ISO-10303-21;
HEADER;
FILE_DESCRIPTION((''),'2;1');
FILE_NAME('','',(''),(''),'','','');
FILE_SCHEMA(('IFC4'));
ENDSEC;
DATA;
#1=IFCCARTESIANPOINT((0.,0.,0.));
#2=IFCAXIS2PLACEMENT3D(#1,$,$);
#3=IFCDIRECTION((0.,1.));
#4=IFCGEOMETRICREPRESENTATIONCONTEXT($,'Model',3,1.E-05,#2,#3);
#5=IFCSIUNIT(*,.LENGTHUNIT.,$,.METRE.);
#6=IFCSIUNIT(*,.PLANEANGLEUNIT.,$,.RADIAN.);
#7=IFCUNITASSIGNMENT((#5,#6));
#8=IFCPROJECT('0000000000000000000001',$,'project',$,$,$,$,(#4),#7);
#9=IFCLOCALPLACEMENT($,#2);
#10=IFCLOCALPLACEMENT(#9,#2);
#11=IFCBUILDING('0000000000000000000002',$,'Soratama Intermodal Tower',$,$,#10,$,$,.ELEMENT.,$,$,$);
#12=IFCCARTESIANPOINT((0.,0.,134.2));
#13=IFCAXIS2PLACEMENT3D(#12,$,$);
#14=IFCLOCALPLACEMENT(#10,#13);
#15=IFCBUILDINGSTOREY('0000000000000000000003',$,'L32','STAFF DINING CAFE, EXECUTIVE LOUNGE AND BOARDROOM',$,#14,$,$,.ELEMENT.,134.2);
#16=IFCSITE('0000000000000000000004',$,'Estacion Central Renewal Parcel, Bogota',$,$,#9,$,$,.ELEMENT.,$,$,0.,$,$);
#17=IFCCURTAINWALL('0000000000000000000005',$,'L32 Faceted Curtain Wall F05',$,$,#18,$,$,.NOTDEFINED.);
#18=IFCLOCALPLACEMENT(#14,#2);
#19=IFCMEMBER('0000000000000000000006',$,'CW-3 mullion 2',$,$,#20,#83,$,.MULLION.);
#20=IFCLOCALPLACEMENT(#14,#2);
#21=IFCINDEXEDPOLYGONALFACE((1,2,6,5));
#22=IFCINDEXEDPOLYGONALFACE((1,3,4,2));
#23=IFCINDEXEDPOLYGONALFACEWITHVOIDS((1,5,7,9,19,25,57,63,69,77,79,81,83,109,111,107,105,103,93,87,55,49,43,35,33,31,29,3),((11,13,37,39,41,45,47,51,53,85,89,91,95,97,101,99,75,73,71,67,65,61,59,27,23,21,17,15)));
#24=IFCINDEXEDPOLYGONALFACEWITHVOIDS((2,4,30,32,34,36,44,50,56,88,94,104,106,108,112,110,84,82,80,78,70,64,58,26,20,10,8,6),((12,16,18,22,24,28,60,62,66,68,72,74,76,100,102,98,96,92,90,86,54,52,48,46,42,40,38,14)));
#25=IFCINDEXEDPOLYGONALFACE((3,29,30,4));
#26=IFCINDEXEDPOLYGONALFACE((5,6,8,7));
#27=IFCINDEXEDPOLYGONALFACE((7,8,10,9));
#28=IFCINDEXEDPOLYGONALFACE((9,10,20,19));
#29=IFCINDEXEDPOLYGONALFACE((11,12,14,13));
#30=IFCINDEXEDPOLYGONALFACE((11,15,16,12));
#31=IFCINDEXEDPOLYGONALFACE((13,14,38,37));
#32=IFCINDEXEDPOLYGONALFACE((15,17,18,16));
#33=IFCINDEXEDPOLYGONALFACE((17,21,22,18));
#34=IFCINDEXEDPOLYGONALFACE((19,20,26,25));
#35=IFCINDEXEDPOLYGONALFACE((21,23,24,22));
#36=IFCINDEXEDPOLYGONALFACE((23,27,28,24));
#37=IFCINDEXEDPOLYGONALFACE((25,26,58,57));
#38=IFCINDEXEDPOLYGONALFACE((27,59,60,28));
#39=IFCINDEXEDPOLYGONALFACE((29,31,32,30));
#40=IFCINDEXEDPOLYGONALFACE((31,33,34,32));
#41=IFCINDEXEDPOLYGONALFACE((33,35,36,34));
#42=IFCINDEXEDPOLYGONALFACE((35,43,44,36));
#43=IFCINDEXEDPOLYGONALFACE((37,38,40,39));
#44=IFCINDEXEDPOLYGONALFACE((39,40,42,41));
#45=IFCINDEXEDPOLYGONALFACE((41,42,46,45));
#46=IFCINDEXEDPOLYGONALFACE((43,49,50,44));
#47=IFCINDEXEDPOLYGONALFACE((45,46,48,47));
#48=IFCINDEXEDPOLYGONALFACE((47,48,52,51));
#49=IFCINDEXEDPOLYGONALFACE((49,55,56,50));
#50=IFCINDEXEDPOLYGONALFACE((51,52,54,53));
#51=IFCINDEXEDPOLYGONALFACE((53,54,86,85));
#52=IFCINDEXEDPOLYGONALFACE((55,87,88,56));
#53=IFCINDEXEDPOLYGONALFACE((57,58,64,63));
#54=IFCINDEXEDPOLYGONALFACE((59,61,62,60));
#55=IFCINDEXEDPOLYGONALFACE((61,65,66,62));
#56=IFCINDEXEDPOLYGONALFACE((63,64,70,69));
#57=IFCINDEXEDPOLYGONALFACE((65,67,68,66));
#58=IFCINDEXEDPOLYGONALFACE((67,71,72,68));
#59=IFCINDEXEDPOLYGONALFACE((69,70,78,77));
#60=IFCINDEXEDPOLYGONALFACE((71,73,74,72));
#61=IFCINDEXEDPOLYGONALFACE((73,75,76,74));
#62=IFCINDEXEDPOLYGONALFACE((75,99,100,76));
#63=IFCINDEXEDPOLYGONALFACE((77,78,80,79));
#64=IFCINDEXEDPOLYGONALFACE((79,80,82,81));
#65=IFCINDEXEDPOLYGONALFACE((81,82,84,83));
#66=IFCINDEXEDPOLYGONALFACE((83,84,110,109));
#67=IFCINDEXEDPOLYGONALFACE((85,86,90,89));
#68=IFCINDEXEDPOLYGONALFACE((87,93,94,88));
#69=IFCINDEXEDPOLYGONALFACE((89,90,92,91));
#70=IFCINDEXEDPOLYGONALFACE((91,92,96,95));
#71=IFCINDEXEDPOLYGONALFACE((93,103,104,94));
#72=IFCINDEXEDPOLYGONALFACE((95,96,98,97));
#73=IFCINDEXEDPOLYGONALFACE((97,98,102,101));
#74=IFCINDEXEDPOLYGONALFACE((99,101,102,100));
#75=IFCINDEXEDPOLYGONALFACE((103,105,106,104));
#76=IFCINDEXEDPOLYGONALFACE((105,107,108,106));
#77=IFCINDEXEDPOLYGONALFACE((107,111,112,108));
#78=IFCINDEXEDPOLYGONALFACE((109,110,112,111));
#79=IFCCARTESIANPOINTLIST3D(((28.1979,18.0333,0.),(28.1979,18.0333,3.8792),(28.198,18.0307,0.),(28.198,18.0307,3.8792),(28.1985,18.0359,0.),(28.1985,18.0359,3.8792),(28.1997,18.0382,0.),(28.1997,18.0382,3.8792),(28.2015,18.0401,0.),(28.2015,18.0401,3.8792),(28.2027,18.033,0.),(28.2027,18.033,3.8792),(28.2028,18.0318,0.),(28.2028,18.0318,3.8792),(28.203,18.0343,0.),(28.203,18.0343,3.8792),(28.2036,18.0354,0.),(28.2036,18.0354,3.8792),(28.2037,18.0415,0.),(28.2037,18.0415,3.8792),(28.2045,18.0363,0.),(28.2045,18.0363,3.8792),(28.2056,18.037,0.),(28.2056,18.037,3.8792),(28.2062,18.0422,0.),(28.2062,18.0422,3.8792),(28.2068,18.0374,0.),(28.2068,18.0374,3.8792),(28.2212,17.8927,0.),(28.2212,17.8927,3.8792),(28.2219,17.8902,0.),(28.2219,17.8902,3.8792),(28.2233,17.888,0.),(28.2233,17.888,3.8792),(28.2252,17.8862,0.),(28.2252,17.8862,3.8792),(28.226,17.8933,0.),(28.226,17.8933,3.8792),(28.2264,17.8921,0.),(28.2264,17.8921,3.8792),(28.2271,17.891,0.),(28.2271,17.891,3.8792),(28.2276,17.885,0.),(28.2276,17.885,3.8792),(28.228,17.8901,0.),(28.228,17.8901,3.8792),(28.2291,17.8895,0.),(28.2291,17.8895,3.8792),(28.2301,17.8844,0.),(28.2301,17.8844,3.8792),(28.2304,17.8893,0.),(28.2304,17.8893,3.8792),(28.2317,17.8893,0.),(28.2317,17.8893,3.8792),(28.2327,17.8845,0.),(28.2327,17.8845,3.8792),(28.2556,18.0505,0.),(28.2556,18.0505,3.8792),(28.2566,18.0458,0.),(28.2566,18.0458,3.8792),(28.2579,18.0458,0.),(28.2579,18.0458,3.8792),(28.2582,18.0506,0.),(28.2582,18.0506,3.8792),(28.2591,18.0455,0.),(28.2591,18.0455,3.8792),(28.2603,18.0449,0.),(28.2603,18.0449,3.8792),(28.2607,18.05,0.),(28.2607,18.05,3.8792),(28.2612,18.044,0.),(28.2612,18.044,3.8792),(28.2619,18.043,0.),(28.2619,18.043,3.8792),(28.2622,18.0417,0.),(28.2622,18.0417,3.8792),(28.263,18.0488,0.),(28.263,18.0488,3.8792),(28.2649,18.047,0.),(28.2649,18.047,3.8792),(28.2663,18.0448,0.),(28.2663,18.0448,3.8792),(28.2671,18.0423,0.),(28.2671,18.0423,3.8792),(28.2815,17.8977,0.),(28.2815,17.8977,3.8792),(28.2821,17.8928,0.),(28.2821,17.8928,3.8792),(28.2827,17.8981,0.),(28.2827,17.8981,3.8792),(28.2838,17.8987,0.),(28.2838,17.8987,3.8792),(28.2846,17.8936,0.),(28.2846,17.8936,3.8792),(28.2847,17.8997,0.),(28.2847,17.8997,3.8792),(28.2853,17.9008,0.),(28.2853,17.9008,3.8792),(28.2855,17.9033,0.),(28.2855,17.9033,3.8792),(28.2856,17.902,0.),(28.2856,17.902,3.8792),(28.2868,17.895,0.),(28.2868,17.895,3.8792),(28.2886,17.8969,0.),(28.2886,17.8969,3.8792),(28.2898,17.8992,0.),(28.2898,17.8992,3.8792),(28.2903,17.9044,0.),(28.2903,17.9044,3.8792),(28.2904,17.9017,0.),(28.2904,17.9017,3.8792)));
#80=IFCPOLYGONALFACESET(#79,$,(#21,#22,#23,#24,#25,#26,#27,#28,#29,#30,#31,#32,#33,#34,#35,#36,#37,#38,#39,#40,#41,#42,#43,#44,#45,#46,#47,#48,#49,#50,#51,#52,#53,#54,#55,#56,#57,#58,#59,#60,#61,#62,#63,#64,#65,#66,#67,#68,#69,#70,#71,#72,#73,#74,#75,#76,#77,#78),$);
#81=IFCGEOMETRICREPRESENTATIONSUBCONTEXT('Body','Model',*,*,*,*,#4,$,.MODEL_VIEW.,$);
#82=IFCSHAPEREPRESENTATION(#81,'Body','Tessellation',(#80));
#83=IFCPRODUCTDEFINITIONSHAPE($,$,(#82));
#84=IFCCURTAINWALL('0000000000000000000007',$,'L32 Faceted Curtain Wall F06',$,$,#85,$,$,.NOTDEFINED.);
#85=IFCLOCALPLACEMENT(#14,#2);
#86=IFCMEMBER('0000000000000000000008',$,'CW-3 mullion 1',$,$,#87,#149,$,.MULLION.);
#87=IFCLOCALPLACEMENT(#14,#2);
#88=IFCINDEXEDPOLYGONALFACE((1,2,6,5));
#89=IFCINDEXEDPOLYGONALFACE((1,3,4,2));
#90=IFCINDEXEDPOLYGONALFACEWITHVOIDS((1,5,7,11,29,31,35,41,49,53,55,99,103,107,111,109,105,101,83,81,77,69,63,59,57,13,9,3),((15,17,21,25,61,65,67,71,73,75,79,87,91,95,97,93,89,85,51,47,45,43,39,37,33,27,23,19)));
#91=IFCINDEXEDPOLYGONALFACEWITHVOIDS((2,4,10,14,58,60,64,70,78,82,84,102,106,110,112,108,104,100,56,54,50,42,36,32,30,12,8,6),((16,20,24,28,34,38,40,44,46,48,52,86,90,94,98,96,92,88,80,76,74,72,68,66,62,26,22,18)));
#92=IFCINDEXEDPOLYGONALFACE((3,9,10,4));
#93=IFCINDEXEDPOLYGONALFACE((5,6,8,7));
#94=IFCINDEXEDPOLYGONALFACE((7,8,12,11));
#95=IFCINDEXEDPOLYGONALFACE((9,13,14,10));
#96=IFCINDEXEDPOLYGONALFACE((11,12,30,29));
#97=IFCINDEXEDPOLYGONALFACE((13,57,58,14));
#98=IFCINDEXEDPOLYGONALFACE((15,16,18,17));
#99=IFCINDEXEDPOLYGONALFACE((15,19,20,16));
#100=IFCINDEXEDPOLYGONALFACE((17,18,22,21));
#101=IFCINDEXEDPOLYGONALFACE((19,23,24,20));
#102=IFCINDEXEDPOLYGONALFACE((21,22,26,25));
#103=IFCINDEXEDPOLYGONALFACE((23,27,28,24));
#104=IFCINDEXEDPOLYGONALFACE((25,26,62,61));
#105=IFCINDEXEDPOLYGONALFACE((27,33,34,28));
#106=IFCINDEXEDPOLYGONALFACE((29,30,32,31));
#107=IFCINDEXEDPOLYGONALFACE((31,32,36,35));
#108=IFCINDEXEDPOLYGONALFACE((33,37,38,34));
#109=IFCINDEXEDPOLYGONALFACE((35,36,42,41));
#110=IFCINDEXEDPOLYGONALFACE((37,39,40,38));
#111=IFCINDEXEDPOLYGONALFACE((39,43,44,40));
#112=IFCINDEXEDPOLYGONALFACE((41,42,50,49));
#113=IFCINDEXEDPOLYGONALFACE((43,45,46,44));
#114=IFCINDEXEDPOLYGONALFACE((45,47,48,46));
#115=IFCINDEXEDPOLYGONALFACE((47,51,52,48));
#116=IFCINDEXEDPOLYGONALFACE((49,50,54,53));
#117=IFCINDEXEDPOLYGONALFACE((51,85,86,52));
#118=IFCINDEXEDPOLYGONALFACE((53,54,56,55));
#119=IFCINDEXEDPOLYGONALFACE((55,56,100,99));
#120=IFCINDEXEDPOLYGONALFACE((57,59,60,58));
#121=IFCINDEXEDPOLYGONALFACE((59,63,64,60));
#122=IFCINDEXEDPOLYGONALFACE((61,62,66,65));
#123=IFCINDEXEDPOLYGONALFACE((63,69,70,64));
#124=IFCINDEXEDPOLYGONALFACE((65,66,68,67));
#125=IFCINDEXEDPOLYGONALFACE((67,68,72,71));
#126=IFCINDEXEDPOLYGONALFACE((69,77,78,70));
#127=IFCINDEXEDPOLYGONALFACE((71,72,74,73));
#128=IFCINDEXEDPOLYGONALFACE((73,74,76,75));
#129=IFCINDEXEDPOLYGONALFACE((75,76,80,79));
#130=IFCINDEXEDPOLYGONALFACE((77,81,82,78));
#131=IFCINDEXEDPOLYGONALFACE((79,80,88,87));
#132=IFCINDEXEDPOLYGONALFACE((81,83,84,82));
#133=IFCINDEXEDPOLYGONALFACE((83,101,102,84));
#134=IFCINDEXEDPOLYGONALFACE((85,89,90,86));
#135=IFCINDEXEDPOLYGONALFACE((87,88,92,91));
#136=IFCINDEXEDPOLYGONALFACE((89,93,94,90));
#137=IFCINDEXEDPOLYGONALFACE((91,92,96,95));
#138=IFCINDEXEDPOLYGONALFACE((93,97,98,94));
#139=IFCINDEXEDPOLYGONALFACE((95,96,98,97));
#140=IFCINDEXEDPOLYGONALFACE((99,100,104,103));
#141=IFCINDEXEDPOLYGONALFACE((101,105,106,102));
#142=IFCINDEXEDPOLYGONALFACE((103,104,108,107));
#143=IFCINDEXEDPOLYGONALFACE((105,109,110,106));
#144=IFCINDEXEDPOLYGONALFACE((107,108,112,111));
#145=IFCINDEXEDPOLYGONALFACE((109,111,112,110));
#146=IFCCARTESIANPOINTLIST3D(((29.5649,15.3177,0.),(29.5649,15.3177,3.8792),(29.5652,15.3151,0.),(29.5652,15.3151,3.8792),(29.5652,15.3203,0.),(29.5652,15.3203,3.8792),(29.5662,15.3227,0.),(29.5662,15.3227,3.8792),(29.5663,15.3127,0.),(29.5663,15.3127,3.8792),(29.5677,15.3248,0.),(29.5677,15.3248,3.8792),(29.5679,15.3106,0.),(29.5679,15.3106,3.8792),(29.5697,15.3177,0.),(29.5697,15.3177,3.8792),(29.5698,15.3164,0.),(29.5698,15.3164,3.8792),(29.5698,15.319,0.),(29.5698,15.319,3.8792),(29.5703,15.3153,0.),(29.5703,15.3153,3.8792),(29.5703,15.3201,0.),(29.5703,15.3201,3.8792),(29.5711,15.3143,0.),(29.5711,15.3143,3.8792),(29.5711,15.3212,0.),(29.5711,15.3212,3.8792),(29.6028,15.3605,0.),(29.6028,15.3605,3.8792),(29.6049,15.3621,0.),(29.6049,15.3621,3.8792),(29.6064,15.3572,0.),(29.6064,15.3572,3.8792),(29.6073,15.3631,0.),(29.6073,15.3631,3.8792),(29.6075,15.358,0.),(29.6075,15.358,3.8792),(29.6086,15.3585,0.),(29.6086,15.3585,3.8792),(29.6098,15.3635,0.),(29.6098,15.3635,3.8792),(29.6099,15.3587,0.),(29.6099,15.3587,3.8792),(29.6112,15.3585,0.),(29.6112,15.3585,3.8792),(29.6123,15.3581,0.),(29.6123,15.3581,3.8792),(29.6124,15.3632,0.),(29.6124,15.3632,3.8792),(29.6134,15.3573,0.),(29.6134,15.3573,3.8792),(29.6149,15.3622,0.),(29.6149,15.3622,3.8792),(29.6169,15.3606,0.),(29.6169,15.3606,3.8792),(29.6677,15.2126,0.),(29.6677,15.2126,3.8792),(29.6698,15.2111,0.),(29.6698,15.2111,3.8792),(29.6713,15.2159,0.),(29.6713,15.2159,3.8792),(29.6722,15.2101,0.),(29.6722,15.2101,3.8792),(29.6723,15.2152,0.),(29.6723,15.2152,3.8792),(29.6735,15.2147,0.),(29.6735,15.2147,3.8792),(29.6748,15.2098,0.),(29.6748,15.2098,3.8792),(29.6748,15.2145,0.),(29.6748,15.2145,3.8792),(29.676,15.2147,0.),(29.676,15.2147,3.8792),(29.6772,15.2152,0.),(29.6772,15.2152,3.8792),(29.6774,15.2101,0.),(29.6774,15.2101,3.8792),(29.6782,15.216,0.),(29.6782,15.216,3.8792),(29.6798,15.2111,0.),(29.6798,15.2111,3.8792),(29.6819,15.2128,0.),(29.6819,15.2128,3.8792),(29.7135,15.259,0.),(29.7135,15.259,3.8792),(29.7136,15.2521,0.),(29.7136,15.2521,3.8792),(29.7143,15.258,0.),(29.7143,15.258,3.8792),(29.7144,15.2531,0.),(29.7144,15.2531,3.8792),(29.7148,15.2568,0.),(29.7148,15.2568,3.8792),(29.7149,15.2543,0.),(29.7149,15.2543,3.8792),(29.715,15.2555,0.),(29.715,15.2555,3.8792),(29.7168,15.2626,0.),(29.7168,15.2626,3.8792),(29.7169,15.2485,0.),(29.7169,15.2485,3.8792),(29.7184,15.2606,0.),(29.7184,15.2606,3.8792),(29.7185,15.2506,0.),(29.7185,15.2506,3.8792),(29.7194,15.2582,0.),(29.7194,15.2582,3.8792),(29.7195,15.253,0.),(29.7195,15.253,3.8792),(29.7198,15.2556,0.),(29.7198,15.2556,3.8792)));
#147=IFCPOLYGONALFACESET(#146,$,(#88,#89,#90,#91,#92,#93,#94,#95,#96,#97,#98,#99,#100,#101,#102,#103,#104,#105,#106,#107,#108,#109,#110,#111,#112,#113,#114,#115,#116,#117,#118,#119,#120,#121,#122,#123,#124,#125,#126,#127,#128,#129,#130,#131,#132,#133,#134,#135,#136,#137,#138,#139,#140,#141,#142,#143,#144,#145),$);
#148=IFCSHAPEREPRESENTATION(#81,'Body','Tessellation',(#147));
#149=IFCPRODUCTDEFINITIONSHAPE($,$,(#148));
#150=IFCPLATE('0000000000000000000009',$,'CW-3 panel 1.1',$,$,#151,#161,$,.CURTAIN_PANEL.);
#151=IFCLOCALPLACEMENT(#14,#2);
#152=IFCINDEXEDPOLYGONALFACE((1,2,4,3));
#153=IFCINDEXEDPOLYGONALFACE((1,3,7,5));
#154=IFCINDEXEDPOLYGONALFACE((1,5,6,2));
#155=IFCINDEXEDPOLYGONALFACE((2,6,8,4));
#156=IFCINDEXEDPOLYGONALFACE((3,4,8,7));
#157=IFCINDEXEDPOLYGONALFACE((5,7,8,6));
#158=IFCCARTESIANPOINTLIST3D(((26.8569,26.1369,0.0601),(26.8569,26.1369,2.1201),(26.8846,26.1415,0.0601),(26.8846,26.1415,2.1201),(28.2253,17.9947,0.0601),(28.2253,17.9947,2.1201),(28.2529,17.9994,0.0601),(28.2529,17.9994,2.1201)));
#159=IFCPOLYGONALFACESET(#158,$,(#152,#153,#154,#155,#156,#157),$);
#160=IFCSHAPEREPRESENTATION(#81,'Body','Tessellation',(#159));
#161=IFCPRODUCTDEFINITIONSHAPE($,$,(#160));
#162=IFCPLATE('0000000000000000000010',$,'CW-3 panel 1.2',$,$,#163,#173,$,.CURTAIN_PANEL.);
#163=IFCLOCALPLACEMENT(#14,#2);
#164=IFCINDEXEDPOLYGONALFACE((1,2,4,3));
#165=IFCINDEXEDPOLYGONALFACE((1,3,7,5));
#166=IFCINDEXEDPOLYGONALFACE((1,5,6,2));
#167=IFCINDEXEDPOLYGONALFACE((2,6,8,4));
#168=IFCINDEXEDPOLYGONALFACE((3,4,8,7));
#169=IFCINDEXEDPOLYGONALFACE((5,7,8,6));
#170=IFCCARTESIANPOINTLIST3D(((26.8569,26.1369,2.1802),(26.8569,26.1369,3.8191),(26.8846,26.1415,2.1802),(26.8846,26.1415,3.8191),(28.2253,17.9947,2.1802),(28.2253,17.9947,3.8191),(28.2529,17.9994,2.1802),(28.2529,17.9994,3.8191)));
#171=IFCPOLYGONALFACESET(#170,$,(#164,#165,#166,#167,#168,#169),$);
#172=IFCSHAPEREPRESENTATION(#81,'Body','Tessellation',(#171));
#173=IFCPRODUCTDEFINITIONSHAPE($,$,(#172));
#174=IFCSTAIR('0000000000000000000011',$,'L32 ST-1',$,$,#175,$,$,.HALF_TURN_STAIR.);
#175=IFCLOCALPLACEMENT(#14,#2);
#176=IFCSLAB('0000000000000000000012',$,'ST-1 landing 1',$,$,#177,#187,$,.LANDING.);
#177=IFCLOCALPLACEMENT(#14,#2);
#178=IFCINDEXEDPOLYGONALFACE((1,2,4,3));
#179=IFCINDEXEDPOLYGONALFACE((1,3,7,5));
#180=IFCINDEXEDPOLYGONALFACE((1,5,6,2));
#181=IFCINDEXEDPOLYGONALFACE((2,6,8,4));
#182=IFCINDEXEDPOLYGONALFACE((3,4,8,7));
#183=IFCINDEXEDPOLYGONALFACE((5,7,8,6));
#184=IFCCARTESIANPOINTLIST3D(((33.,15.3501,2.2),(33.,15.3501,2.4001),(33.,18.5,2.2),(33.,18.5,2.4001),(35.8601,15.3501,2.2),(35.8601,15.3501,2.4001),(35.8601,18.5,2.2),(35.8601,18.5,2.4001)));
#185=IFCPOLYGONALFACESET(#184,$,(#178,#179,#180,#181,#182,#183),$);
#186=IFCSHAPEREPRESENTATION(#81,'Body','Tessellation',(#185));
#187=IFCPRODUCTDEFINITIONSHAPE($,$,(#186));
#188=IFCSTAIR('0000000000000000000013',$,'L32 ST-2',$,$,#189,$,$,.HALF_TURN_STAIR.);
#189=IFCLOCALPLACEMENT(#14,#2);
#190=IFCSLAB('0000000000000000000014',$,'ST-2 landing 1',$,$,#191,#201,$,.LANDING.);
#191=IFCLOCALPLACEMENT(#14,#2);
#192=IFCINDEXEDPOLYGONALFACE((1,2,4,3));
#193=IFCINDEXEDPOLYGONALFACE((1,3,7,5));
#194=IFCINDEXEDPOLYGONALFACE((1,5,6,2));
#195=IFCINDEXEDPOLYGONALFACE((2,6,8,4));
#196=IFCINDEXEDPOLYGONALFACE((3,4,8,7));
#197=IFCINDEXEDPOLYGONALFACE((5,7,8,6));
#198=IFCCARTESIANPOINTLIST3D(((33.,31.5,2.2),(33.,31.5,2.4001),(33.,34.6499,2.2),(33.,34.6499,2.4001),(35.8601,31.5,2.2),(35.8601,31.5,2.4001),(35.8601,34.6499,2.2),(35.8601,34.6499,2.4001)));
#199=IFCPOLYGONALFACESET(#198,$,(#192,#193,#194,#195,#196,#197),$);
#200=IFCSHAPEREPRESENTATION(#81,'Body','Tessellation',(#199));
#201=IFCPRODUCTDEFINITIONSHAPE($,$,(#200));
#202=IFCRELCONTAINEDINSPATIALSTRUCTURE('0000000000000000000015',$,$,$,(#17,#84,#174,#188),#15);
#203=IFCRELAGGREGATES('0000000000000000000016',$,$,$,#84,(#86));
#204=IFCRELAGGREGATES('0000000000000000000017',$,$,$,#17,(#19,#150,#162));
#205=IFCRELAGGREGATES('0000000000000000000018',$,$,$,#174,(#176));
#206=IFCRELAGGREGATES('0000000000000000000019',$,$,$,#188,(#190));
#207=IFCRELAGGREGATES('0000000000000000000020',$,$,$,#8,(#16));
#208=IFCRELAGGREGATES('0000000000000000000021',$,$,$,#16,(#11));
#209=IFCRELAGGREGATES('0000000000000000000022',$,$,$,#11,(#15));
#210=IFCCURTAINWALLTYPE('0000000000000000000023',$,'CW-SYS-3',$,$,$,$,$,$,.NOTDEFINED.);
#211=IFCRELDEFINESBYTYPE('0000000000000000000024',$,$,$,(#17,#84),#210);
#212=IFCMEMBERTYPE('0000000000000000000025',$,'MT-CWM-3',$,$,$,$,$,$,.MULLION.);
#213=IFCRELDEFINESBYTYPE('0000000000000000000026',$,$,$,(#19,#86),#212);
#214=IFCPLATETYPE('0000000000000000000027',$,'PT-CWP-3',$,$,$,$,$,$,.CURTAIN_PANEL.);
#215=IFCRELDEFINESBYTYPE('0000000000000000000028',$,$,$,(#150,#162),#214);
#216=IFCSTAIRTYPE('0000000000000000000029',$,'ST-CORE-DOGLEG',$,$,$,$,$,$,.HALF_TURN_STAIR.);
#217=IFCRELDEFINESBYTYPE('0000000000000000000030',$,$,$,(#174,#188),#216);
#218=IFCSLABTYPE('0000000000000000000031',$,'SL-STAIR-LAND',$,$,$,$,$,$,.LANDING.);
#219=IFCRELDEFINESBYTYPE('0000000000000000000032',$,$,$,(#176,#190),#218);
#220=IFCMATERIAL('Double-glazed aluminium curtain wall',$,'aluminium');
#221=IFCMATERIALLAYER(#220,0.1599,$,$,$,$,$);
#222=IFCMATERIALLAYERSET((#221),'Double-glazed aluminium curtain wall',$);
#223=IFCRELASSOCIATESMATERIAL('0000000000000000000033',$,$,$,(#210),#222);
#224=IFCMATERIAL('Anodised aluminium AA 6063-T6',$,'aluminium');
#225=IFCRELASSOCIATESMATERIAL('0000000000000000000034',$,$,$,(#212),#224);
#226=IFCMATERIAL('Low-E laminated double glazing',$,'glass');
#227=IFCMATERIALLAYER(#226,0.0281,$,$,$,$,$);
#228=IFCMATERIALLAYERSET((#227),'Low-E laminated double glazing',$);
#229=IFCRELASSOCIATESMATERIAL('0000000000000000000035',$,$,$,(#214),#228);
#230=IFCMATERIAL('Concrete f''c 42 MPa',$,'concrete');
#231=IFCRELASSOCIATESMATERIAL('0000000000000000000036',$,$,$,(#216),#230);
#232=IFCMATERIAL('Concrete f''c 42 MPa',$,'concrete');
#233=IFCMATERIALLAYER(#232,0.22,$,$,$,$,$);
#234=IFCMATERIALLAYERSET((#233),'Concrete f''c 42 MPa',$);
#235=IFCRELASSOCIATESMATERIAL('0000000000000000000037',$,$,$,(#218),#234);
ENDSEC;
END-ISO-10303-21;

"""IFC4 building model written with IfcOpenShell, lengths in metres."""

from ifc_helpers import new_model, si_unit, direction, frame, origin, origin_2d, place, context, subcontext, project, spatial, polyline, rectangle, hollow_rectangle, outline, extrude, material, layer, layer_set, material_profile, profile_set, type_object, element, aggregate, save


model = new_model("IFC4")

# Units and contexts
model_context = context("Model", 3, precision=1e-05, world=origin(), true_north=direction((0.0, 1.0)))
body_context = subcontext(model_context, "Body", "Model", "MODEL_VIEW")
ifc_project = project(units=[si_unit("LENGTHUNIT", "METRE"), si_unit("PLANEANGLEUNIT", "RADIAN")], contexts=[model_context])

# Site, building, storey
site_placement = place(None, origin())
site = spatial("IfcSite", under=ifc_project, at=site_placement, Name="Estacion Central Renewal Parcel, Bogota", CompositionType="ELEMENT", RefElevation=0.0)
building_placement = place(site_placement, origin())
building = spatial("IfcBuilding", under=site, at=building_placement, Name="Soratama Intermodal Tower", CompositionType="ELEMENT")
storey_placement = place(building_placement, frame((0.0, 0.0, 134.2)))
storey = spatial("IfcBuildingStorey", under=building, at=storey_placement, Name="L32", Description="STAFF DINING CAFE, EXECUTIVE LOUNGE AND BOARDROOM", CompositionType="ELEMENT", Elevation=134.2)

# Curtain walls, members
ifc_material_1 = material(Name="Double-glazed aluminium curtain wall", Category="aluminium")
ifc_layer_1 = layer(ifc_material_1, 0.1599)
ifc_layer_set_1 = layer_set([ifc_layer_1], Name="Double-glazed aluminium curtain wall")
curtain_wall_type = type_object("IfcCurtainWallType", Name="CW-SYS-3", PredefinedType="NOTDEFINED", material=ifc_layer_set_1)
curtain_wall_1_placement = place(storey_placement, origin())
curtain_wall_1 = element("IfcCurtainWall", 1, at=curtain_wall_1_placement, inside=storey, type_object=curtain_wall_type, Name="L32 Faceted Curtain Wall F05", PredefinedType="NOTDEFINED")
ifc_material_2 = material(Name="Anodised aluminium AA 6063-T6", Category="aluminium")
ifc_material_profile_1 = material_profile(ifc_material_2, hollow_rectangle(XDim=0.0701, YDim=0.1599, WallThickness=0.0049, InnerFilletRadius=0.0049, OuterFilletRadius=0.01, at=origin_2d()), Name="CWM160X70X5")
ifc_profile_set_1 = profile_set([ifc_material_profile_1], Name="Anodised aluminium AA 6063-T6")
member_type = type_object("IfcMemberType", Name="MT-CWM-3", PredefinedType="MULLION", material=ifc_profile_set_1)
member_1_placement = place(storey_placement, frame((28.2441, 17.9675, 0.0), z_axis=(0.0, 0.0, 1.0), x_axis=(0.986171, 0.165731, 0.0)))
member_1 = element("IfcMember", 2, at=member_1_placement, type_object=member_type, Name="CW-3 mullion 2", PredefinedType="MULLION", context=body_context, shape_type="SweptSolid", body=[
    extrude(hollow_rectangle(XDim=0.0701, YDim=0.1599, WallThickness=0.0049, InnerFilletRadius=0.0049, OuterFilletRadius=0.01, at=origin_2d()), origin(), (0.0, 0.0, 1.0), 3.8792),
])
curtain_wall_2_placement = place(storey_placement, origin())
curtain_wall_2 = element("IfcCurtainWall", 3, at=curtain_wall_2_placement, inside=storey, type_object=curtain_wall_type, Name="L32 Faceted Curtain Wall F06", PredefinedType="NOTDEFINED")
member_2_placement = place(storey_placement, frame((29.6423, 15.2866, 0.0), z_axis=(0.0, 0.0, 1.0), x_axis=(0.700414, 0.713737, 0.0)))
member_2 = element("IfcMember", 4, at=member_2_placement, type_object=member_type, Name="CW-3 mullion 1", PredefinedType="MULLION", context=body_context, shape_type="SweptSolid", body=[
    extrude(hollow_rectangle(XDim=0.0701, YDim=0.1599, WallThickness=0.0049, InnerFilletRadius=0.0049, OuterFilletRadius=0.01, at=origin_2d()), origin(), (0.0, 0.0, 1.0), 3.8792),
])
aggregate(curtain_wall_2, [member_2])

# Plates
ifc_material_3 = material(Name="Low-E laminated double glazing", Category="glass")
ifc_layer_2 = layer(ifc_material_3, 0.0281)
ifc_layer_set_2 = layer_set([ifc_layer_2], Name="Low-E laminated double glazing")
plate_type = type_object("IfcPlateType", Name="PT-CWP-3", PredefinedType="CURTAIN_PANEL", material=ifc_layer_set_2)
plate_1_placement = place(storey_placement, frame((27.5549, 22.0681, 0.0601), z_axis=(0.0, 0.0, 1.0), x_axis=(0.165731, -0.986171, 0.0)))
plate_1 = element("IfcPlate", 5, at=plate_1_placement, type_object=plate_type, Name="CW-3 panel 1.1", PredefinedType="CURTAIN_PANEL", context=body_context, shape_type="SweptSolid", body=[
    extrude(rectangle(XDim=8.2563, YDim=0.0281, at=origin_2d()), origin(), (0.0, 0.0, 1.0), 2.0601),
])
plate_2_placement = place(storey_placement, frame((27.5549, 22.0681, 2.1802), z_axis=(0.0, 0.0, 1.0), x_axis=(0.165731, -0.986171, 0.0)))
plate_2 = element("IfcPlate", 6, at=plate_2_placement, type_object=plate_type, Name="CW-3 panel 1.2", PredefinedType="CURTAIN_PANEL", context=body_context, shape_type="SweptSolid", body=[
    extrude(rectangle(XDim=8.2563, YDim=0.0281, at=origin_2d()), origin(), (0.0, 0.0, 1.0), 1.6389),
])
aggregate(curtain_wall_1, [member_1, plate_1, plate_2])

# Stairs, slabs
ifc_material_4 = material(Name="Concrete f'c 42 MPa", Category="concrete")
stair_type = type_object("IfcStairType", Name="ST-CORE-DOGLEG", PredefinedType="HALF_TURN_STAIR", material=ifc_material_4)
stair_1_placement = place(storey_placement, origin())
stair_1 = element("IfcStair", 7, at=stair_1_placement, inside=storey, type_object=stair_type, Name="L32 ST-1", PredefinedType="HALF_TURN_STAIR")
ifc_material_5 = material(Name="Concrete f'c 42 MPa", Category="concrete")
ifc_layer_3 = layer(ifc_material_5, 0.22)
ifc_layer_set_3 = layer_set([ifc_layer_3], Name="Concrete f'c 42 MPa")
slab_type_1 = type_object("IfcSlabType", Name="SL-STAIR-LAND", PredefinedType="LANDING", material=ifc_layer_set_3)
slab_1_placement = place(storey_placement, frame((0.0, 0.0, 2.2)))
slab_1 = element("IfcSlab", 8, at=slab_1_placement, type_object=slab_type_1, Name="ST-1 landing 1", PredefinedType="LANDING", context=body_context, shape_type="SweptSolid", body=[
    extrude(outline(polyline([(35.8601, 18.5), (33.0, 18.5), (33.0, 15.3501), (35.8601, 15.3501), (35.8601, 18.5)])), origin(), (0.0, 0.0, 1.0), 0.2002),
])
aggregate(stair_1, [slab_1])
stair_2_placement = place(storey_placement, origin())
stair_2 = element("IfcStair", 9, at=stair_2_placement, inside=storey, type_object=stair_type, Name="L32 ST-2", PredefinedType="HALF_TURN_STAIR")
slab_2_placement = place(storey_placement, frame((0.0, 0.0, 2.2)))
slab_2 = element("IfcSlab", 10, at=slab_2_placement, type_object=slab_type_1, Name="ST-2 landing 1", PredefinedType="LANDING", context=body_context, shape_type="SweptSolid", body=[
    extrude(outline(polyline([(35.8601, 34.6499), (33.0, 34.6499), (33.0, 31.5), (35.8601, 31.5), (35.8601, 34.6499)])), origin(), (0.0, 0.0, 1.0), 0.2002),
])
aggregate(stair_2, [slab_2])

save(model, "model.ifc")
